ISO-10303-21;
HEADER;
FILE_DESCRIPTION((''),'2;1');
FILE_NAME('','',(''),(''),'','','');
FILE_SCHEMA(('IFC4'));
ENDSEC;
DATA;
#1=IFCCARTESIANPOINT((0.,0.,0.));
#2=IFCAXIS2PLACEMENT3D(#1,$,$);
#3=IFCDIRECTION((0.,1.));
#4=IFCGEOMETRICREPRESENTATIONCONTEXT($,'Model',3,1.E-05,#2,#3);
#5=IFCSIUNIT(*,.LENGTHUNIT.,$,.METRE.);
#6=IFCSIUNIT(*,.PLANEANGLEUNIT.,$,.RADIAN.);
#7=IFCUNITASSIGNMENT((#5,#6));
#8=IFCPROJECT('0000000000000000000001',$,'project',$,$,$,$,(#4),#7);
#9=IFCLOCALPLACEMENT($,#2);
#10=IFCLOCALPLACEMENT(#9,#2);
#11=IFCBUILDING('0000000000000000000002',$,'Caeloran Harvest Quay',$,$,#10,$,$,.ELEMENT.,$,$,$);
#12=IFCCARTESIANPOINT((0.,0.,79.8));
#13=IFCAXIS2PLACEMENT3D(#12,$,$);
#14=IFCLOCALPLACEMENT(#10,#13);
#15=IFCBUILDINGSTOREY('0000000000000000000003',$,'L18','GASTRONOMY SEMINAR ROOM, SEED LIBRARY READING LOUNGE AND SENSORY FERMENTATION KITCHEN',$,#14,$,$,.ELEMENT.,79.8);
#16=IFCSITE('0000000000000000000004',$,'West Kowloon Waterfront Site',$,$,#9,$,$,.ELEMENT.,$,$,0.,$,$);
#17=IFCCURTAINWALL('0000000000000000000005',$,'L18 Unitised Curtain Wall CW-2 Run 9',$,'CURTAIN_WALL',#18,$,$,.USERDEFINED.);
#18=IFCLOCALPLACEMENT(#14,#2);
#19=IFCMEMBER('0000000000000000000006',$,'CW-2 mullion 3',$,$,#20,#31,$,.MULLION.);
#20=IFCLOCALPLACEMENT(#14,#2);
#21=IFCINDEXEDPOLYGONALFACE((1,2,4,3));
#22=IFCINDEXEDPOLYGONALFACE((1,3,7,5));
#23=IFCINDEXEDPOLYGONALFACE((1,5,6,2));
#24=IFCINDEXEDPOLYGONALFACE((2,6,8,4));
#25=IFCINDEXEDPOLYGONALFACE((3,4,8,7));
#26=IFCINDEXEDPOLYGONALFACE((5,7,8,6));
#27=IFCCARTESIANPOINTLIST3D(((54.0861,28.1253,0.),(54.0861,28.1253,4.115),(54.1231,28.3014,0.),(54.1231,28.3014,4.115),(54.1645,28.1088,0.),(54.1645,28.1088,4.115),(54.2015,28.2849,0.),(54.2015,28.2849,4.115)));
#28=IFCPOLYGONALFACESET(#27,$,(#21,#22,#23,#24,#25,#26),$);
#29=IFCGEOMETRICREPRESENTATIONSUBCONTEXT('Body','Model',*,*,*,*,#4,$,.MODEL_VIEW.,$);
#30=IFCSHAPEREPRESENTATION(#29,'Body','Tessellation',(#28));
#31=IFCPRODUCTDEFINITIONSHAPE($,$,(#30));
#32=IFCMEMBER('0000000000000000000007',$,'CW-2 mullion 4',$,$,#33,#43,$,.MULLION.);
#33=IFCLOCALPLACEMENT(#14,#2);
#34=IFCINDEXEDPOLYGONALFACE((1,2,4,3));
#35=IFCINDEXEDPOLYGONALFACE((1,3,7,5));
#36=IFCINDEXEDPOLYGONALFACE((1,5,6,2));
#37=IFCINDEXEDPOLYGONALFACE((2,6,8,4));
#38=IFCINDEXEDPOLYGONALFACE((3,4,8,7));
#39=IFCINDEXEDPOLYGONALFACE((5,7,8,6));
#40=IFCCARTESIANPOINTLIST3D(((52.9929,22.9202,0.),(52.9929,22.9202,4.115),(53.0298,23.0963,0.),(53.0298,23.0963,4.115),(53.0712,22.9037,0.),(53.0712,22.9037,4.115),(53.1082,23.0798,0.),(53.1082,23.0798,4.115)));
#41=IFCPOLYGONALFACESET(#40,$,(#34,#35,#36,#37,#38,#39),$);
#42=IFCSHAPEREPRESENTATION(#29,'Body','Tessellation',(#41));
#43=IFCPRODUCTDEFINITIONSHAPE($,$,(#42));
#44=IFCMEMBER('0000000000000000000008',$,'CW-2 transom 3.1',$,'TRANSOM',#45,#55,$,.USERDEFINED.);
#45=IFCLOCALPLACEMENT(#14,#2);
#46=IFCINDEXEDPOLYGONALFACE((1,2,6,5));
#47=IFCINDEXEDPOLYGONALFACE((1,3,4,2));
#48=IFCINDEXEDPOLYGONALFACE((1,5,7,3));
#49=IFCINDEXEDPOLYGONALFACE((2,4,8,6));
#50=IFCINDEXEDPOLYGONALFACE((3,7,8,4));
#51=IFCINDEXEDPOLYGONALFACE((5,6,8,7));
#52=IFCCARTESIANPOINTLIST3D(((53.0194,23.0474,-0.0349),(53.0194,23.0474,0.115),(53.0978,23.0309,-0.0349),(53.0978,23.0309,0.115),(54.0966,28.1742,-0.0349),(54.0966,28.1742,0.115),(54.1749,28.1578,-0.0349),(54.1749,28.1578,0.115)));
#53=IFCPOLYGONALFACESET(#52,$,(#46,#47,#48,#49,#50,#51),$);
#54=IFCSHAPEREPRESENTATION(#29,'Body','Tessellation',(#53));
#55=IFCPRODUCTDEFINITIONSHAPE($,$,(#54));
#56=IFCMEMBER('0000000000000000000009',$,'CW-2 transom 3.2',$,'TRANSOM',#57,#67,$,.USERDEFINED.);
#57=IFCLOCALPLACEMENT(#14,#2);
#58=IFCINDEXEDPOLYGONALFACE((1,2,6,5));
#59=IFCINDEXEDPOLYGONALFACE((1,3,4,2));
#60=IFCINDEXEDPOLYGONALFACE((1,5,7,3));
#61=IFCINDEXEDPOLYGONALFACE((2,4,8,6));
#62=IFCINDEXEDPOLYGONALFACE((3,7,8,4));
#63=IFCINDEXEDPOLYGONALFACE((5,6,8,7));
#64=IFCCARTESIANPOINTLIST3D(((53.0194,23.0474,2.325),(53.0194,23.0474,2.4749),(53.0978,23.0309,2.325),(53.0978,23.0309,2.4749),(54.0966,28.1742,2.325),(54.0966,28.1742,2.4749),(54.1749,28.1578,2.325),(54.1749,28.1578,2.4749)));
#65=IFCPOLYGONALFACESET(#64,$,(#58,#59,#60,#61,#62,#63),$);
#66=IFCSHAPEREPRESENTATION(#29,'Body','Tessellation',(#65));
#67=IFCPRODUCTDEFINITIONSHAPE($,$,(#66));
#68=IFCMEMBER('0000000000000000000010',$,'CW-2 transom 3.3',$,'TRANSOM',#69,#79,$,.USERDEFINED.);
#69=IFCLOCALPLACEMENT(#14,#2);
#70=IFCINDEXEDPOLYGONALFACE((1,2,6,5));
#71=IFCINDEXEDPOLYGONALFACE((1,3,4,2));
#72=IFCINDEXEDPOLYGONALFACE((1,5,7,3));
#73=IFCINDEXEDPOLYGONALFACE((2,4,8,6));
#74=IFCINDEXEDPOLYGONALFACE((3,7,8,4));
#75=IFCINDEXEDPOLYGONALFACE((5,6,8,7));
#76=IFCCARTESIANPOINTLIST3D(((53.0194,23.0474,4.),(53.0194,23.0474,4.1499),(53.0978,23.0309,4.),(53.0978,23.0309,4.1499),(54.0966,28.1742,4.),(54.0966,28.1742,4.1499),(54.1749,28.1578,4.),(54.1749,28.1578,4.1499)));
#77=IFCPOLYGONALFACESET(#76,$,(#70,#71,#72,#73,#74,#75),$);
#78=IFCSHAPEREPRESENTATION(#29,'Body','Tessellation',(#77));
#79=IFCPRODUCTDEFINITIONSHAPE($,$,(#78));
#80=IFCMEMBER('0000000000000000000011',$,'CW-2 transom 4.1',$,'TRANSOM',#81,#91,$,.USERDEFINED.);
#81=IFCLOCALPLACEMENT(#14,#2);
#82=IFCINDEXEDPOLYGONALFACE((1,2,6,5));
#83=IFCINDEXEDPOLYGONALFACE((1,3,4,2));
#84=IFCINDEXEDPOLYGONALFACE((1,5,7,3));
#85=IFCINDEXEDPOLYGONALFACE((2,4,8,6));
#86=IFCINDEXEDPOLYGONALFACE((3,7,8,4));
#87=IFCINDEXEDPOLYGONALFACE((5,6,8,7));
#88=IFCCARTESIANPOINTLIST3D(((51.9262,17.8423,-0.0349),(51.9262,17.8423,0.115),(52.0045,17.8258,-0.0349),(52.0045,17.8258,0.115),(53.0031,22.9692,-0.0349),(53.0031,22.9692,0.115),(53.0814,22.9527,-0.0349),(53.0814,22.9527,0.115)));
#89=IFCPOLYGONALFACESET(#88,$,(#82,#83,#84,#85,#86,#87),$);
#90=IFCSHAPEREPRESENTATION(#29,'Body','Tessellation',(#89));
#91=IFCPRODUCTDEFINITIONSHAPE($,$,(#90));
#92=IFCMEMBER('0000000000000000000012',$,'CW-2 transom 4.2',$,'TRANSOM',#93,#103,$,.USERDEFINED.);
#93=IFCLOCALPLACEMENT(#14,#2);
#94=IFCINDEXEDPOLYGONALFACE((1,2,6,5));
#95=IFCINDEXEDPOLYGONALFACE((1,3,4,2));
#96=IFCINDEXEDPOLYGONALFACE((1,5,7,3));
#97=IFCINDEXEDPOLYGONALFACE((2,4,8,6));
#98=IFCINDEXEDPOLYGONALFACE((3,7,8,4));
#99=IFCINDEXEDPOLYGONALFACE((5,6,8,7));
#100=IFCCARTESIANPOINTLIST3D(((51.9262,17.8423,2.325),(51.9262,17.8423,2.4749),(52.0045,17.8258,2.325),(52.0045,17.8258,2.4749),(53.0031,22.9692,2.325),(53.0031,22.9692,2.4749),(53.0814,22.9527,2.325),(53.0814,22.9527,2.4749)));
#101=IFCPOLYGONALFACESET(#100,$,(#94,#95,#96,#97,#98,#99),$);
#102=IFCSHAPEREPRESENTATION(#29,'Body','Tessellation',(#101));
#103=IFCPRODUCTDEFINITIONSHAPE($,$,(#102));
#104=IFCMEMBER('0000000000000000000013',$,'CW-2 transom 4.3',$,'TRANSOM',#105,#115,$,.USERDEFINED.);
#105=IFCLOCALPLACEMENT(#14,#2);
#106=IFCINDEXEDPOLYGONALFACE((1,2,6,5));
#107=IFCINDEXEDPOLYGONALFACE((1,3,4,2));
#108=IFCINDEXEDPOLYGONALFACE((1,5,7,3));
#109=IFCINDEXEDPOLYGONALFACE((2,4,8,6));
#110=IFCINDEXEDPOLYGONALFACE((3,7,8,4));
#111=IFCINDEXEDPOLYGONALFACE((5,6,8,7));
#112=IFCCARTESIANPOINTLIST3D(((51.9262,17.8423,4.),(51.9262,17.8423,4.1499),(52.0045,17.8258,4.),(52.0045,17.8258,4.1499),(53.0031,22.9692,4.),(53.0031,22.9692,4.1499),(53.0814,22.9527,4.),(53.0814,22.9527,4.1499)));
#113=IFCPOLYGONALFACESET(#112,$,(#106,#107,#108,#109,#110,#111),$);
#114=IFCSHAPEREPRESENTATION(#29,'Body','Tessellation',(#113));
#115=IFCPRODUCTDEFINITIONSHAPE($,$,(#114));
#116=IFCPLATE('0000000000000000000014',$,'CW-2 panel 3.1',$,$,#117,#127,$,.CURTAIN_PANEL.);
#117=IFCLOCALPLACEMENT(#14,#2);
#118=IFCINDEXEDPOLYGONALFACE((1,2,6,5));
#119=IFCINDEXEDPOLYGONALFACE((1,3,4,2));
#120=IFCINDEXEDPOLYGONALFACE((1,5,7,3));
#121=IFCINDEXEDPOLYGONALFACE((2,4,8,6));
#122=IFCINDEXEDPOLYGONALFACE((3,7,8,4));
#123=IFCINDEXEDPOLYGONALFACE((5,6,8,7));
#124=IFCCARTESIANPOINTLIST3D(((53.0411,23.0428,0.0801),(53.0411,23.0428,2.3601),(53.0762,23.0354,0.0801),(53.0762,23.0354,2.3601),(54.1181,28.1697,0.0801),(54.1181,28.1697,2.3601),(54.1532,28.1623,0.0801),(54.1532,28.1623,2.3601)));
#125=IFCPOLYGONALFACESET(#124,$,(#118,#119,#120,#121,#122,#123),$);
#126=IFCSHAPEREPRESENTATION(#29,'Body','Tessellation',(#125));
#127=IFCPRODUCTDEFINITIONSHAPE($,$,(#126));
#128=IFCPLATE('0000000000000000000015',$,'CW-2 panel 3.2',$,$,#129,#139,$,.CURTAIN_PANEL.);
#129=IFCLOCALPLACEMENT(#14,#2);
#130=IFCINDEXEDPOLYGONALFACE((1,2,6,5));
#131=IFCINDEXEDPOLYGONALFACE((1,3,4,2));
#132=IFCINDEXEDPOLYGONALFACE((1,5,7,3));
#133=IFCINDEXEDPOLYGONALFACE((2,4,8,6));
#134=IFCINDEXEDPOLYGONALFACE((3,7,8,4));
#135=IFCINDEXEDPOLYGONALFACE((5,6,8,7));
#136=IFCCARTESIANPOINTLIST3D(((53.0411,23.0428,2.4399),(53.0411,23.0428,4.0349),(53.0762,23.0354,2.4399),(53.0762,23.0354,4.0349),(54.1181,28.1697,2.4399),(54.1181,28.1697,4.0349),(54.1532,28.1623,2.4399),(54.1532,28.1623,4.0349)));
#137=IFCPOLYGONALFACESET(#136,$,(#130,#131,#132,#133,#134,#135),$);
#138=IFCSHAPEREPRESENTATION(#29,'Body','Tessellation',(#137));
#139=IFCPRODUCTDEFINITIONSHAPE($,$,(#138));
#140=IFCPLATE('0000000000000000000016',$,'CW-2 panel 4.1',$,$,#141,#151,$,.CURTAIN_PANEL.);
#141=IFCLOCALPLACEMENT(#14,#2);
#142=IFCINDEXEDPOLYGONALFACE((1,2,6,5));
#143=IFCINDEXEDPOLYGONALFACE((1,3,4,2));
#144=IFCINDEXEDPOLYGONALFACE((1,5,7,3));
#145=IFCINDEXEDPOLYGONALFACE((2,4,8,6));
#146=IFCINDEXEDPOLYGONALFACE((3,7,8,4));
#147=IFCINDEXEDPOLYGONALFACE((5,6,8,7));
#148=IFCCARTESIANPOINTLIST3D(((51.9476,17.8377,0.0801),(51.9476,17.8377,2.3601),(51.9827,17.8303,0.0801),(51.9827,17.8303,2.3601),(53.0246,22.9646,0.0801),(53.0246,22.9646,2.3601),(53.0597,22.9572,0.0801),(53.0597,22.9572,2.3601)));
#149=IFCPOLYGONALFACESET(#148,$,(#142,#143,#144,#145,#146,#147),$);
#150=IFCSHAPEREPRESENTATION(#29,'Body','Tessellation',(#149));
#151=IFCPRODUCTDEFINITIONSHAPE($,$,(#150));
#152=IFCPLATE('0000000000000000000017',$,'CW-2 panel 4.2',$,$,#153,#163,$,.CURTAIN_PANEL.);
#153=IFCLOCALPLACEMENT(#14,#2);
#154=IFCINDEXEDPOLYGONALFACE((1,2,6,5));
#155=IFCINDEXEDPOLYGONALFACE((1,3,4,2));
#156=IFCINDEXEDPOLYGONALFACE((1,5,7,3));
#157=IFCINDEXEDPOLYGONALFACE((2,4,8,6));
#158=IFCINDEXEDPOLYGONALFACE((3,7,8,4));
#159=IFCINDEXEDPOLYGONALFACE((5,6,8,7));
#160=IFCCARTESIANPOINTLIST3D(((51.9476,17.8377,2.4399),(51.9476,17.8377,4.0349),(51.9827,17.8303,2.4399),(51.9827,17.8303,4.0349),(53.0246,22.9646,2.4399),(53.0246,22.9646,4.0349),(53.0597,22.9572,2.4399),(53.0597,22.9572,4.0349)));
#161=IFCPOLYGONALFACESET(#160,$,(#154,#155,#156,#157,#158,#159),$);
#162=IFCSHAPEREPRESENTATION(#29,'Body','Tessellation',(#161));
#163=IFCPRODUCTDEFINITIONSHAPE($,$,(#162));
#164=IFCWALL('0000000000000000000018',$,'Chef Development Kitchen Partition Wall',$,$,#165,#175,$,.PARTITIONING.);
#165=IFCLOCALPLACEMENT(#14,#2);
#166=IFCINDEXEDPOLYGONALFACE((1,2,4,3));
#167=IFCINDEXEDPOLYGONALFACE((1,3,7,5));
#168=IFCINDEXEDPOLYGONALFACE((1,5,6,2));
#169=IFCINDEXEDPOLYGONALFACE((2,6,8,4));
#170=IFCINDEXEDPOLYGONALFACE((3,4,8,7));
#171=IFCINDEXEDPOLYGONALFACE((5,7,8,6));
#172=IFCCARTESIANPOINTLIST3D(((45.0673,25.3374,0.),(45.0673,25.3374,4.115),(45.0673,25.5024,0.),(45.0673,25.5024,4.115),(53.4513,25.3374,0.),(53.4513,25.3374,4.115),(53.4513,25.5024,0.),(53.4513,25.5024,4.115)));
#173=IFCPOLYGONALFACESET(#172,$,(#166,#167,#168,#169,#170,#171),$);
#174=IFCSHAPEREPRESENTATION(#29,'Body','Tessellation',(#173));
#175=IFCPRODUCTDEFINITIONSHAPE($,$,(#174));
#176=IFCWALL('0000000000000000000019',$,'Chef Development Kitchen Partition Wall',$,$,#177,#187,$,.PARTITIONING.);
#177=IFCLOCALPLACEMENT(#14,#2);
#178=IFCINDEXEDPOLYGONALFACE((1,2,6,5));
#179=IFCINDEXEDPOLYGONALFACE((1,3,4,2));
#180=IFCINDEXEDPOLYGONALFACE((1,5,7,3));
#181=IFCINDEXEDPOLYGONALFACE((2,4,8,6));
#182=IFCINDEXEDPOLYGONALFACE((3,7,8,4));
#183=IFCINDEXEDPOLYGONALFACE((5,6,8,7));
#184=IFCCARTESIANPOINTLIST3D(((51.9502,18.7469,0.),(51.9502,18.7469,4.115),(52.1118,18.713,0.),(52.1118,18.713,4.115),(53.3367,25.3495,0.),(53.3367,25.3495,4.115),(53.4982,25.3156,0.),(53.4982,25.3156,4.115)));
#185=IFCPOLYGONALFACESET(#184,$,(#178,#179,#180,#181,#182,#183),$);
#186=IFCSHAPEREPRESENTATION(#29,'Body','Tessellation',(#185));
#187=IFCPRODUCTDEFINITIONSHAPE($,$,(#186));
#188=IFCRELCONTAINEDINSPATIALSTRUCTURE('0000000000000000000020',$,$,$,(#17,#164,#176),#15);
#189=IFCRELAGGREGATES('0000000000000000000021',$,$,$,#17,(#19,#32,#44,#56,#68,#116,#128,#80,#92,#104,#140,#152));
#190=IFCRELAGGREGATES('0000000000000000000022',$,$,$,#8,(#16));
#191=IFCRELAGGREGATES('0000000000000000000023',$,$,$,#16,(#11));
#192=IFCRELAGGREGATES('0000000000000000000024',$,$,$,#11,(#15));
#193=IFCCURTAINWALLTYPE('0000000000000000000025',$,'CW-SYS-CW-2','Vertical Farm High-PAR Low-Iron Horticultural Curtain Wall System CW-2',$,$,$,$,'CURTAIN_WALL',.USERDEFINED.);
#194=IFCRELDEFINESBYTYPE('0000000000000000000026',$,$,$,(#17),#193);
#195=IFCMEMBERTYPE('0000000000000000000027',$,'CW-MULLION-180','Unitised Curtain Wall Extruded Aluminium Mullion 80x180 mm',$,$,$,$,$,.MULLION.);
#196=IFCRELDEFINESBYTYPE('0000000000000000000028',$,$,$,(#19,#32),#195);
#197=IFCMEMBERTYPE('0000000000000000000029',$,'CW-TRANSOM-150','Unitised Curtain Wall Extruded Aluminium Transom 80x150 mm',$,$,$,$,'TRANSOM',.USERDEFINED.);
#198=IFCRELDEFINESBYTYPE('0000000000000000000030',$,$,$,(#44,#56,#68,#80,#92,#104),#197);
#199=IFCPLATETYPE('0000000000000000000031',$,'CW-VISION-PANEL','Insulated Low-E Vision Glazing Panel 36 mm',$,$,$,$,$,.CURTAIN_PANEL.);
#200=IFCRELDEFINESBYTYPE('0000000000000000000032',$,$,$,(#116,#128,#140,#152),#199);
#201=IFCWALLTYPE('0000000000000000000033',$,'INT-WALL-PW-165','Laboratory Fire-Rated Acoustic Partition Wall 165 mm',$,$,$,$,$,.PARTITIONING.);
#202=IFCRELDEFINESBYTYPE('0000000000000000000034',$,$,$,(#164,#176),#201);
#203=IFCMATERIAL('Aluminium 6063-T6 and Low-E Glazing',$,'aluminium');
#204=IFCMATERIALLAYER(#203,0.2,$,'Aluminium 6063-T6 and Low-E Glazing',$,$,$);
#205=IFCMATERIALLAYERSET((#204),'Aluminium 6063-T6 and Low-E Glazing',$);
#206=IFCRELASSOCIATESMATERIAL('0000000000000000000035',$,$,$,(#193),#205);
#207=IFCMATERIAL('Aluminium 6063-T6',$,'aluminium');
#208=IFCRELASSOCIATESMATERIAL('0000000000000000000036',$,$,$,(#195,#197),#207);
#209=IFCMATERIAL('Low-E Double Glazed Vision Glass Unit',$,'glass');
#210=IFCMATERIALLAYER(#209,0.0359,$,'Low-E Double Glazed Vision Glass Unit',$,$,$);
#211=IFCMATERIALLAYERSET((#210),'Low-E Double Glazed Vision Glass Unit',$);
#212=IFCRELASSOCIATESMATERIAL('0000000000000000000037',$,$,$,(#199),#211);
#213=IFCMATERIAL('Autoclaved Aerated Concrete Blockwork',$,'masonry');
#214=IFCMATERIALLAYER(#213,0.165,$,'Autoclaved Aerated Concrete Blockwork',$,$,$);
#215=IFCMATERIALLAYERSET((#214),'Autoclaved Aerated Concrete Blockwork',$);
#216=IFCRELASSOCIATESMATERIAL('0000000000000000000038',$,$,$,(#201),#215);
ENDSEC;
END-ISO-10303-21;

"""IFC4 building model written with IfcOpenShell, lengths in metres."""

from ifc_helpers import new_model, si_unit, direction, frame, frame_2d, origin, origin_2d, place, context, subcontext, project, spatial, rectangle, extrude, material, layer, layer_set, material_profile, profile_set, type_object, element, aggregate, save


model = new_model("IFC4")

# Units and contexts
model_context = context("Model", 3, precision=1e-05, world=origin(), true_north=direction((0.0, 1.0)))
body_context = subcontext(model_context, "Body", "Model", "MODEL_VIEW")
ifc_project = project(units=[si_unit("LENGTHUNIT", "METRE"), si_unit("PLANEANGLEUNIT", "RADIAN")], contexts=[model_context])

# Site, building, storey
site_placement = place(None, origin())
site = spatial("IfcSite", under=ifc_project, at=site_placement, Name="West Kowloon Waterfront Site", CompositionType="ELEMENT", RefElevation=0.0)
building_placement = place(site_placement, origin())
building = spatial("IfcBuilding", under=site, at=building_placement, Name="Caeloran Harvest Quay", CompositionType="ELEMENT")
storey_placement = place(building_placement, frame((0.0, 0.0, 79.8)))
storey = spatial("IfcBuildingStorey", under=building, at=storey_placement, Name="L18", Description="GASTRONOMY SEMINAR ROOM, SEED LIBRARY READING LOUNGE AND SENSORY FERMENTATION KITCHEN", CompositionType="ELEMENT", Elevation=79.8)

# Curtain wall, members, plates
ifc_material_1 = material(Name="Aluminium 6063-T6 and Low-E Glazing", Category="aluminium")
ifc_layer_1 = layer(ifc_material_1, 0.2, Name="Aluminium 6063-T6 and Low-E Glazing")
ifc_layer_set_1 = layer_set([ifc_layer_1], Name="Aluminium 6063-T6 and Low-E Glazing")
curtain_wall_type = type_object("IfcCurtainWallType", Name="CW-SYS-CW-2", Description="Vertical Farm High-PAR Low-Iron Horticultural Curtain Wall System CW-2", ElementType="CURTAIN_WALL", PredefinedType="USERDEFINED", material=ifc_layer_set_1)
curtain_wall_placement = place(storey_placement, origin())
curtain_wall = element("IfcCurtainWall", 1, at=curtain_wall_placement, inside=storey, type_object=curtain_wall_type, Name="L18 Unitised Curtain Wall CW-2 Run 9", ObjectType="CURTAIN_WALL", PredefinedType="USERDEFINED")
ifc_material_2 = material(Name="Aluminium 6063-T6", Category="aluminium")
ifc_material_profile_1 = material_profile(ifc_material_2, rectangle(XDim=0.0801, YDim=0.1799, at=origin_2d()), Name="CW-MULLION-180")
ifc_profile_set_1 = profile_set([ifc_material_profile_1], Name="Aluminium 6063-T6")
member_type_1 = type_object("IfcMemberType", Name="CW-MULLION-180", Description="Unitised Curtain Wall Extruded Aluminium Mullion 80x180 mm", PredefinedType="MULLION", material=ifc_profile_set_1)
member_1_placement = place(storey_placement, frame((54.1438, 28.2051, 0.0), z_axis=(0.0, 0.0, 1.0), x_axis=(0.97864, -0.205583, 0.0)))
member_1 = element("IfcMember", 2, at=member_1_placement, type_object=member_type_1, Name="CW-2 mullion 3", PredefinedType="MULLION", context=body_context, shape_type="SweptSolid", body=[
    extrude(rectangle(XDim=0.0801, YDim=0.1799, at=origin_2d()), origin(), (0.0, 0.0, 1.0), 4.115),
])
member_2_placement = place(storey_placement, frame((53.0505, 23.0, 0.0), z_axis=(0.0, 0.0, 1.0), x_axis=(0.97864, -0.205583, 0.0)))
member_2 = element("IfcMember", 3, at=member_2_placement, type_object=member_type_1, Name="CW-2 mullion 4", PredefinedType="MULLION", context=body_context, shape_type="SweptSolid", body=[
    extrude(rectangle(XDim=0.0801, YDim=0.1799, at=origin_2d()), origin(), (0.0, 0.0, 1.0), 4.115),
])
ifc_material_profile_2 = material_profile(ifc_material_2, rectangle(XDim=0.0801, YDim=0.1499, at=origin_2d()), Name="CW-TRANSOM-150")
ifc_profile_set_2 = profile_set([ifc_material_profile_2], Name="Aluminium 6063-T6")
member_type_2 = type_object("IfcMemberType", Name="CW-TRANSOM-150", Description="Unitised Curtain Wall Extruded Aluminium Transom 80x150 mm", ElementType="TRANSOM", PredefinedType="USERDEFINED", material=ifc_profile_set_2)
member_3_placement = place(storey_placement, frame((54.1357, 28.166, 0.04), z_axis=(-0.205607, -0.978635, 0.0), x_axis=(0.978635, -0.205607, 0.0)))
member_3 = element("IfcMember", 4, at=member_3_placement, type_object=member_type_2, Name="CW-2 transom 3.1", ObjectType="TRANSOM", PredefinedType="USERDEFINED", context=body_context, shape_type="SweptSolid", body=[
    extrude(rectangle(XDim=0.0801, YDim=0.1499, at=origin_2d()), origin(), (0.0, 0.0, 1.0), 5.2388),
])
member_4_placement = place(storey_placement, frame((54.1357, 28.166, 2.3999), z_axis=(-0.205607, -0.978635, 0.0), x_axis=(0.978635, -0.205607, 0.0)))
member_4 = element("IfcMember", 5, at=member_4_placement, type_object=member_type_2, Name="CW-2 transom 3.2", ObjectType="TRANSOM", PredefinedType="USERDEFINED", context=body_context, shape_type="SweptSolid", body=[
    extrude(rectangle(XDim=0.0801, YDim=0.1499, at=origin_2d()), origin(), (0.0, 0.0, 1.0), 5.2388),
])
member_5_placement = place(storey_placement, frame((54.1357, 28.166, 4.075), z_axis=(-0.205607, -0.978635, 0.0), x_axis=(0.978635, -0.205607, 0.0)))
member_5 = element("IfcMember", 6, at=member_5_placement, type_object=member_type_2, Name="CW-2 transom 3.3", ObjectType="TRANSOM", PredefinedType="USERDEFINED", context=body_context, shape_type="SweptSolid", body=[
    extrude(rectangle(XDim=0.0801, YDim=0.1499, at=origin_2d()), origin(), (0.0, 0.0, 1.0), 5.2388),
])
member_6_placement = place(storey_placement, frame((53.0422, 22.9609, 0.04), z_axis=(-0.205562, -0.978644, 0.0), x_axis=(0.978644, -0.205562, 0.0)))
member_6 = element("IfcMember", 7, at=member_6_placement, type_object=member_type_2, Name="CW-2 transom 4.1", ObjectType="TRANSOM", PredefinedType="USERDEFINED", context=body_context, shape_type="SweptSolid", body=[
    extrude(rectangle(XDim=0.0801, YDim=0.1499, at=origin_2d()), origin(), (0.0, 0.0, 1.0), 5.2388),
])
member_7_placement = place(storey_placement, frame((53.0422, 22.9609, 2.3999), z_axis=(-0.205562, -0.978644, 0.0), x_axis=(0.978644, -0.205562, 0.0)))
member_7 = element("IfcMember", 8, at=member_7_placement, type_object=member_type_2, Name="CW-2 transom 4.2", ObjectType="TRANSOM", PredefinedType="USERDEFINED", context=body_context, shape_type="SweptSolid", body=[
    extrude(rectangle(XDim=0.0801, YDim=0.1499, at=origin_2d()), origin(), (0.0, 0.0, 1.0), 5.2388),
])
member_8_placement = place(storey_placement, frame((53.0422, 22.9609, 4.075), z_axis=(-0.205562, -0.978644, 0.0), x_axis=(0.978644, -0.205562, 0.0)))
member_8 = element("IfcMember", 9, at=member_8_placement, type_object=member_type_2, Name="CW-2 transom 4.3", ObjectType="TRANSOM", PredefinedType="USERDEFINED", context=body_context, shape_type="SweptSolid", body=[
    extrude(rectangle(XDim=0.0801, YDim=0.1499, at=origin_2d()), origin(), (0.0, 0.0, 1.0), 5.2388),
])
ifc_material_3 = material(Name="Low-E Double Glazed Vision Glass Unit", Category="glass")
ifc_layer_2 = layer(ifc_material_3, 0.0359, Name="Low-E Double Glazed Vision Glass Unit")
ifc_layer_set_2 = layer_set([ifc_layer_2], Name="Low-E Double Glazed Vision Glass Unit")
plate_type = type_object("IfcPlateType", Name="CW-VISION-PANEL", Description="Insulated Low-E Vision Glazing Panel 36 mm", PredefinedType="CURTAIN_PANEL", material=ifc_layer_set_2)
plate_1_placement = place(storey_placement, frame((53.5972, 25.6025, 0.0801), z_axis=(0.0, 0.0, 1.0), x_axis=(-0.205583, -0.97864, 0.0)))
plate_1 = element("IfcPlate", 10, at=plate_1_placement, type_object=plate_type, Name="CW-2 panel 3.1", PredefinedType="CURTAIN_PANEL", context=body_context, shape_type="SweptSolid", body=[
    extrude(rectangle(XDim=5.2388, YDim=0.0359, at=origin_2d()), origin(), (0.0, 0.0, 1.0), 2.28),
])
plate_2_placement = place(storey_placement, frame((53.5972, 25.6025, 2.4399), z_axis=(0.0, 0.0, 1.0), x_axis=(-0.205583, -0.97864, 0.0)))
plate_2 = element("IfcPlate", 11, at=plate_2_placement, type_object=plate_type, Name="CW-2 panel 3.2", PredefinedType="CURTAIN_PANEL", context=body_context, shape_type="SweptSolid", body=[
    extrude(rectangle(XDim=5.2388, YDim=0.0359, at=origin_2d()), origin(), (0.0, 0.0, 1.0), 1.595),
])
plate_3_placement = place(storey_placement, frame((52.5037, 20.3975, 0.0801), z_axis=(0.0, 0.0, 1.0), x_axis=(-0.205583, -0.97864, 0.0)))
plate_3 = element("IfcPlate", 12, at=plate_3_placement, type_object=plate_type, Name="CW-2 panel 4.1", PredefinedType="CURTAIN_PANEL", context=body_context, shape_type="SweptSolid", body=[
    extrude(rectangle(XDim=5.2388, YDim=0.0359, at=origin_2d()), origin(), (0.0, 0.0, 1.0), 2.28),
])
plate_4_placement = place(storey_placement, frame((52.5037, 20.3975, 2.4399), z_axis=(0.0, 0.0, 1.0), x_axis=(-0.205583, -0.97864, 0.0)))
plate_4 = element("IfcPlate", 13, at=plate_4_placement, type_object=plate_type, Name="CW-2 panel 4.2", PredefinedType="CURTAIN_PANEL", context=body_context, shape_type="SweptSolid", body=[
    extrude(rectangle(XDim=5.2388, YDim=0.0359, at=origin_2d()), origin(), (0.0, 0.0, 1.0), 1.595),
])
aggregate(curtain_wall, [member_1, member_2, member_3, member_4, member_5, plate_1, plate_2, member_6, member_7, member_8, plate_3, plate_4])

# Walls
ifc_material_4 = material(Name="Autoclaved Aerated Concrete Blockwork", Category="masonry")
ifc_layer_3 = layer(ifc_material_4, 0.165, Name="Autoclaved Aerated Concrete Blockwork")
ifc_layer_set_3 = layer_set([ifc_layer_3], Name="Autoclaved Aerated Concrete Blockwork")
wall_type = type_object("IfcWallType", Name="INT-WALL-PW-165", Description="Laboratory Fire-Rated Acoustic Partition Wall 165 mm", PredefinedType="PARTITIONING", material=ifc_layer_set_3)
wall_1_placement = place(storey_placement, frame((45.0674, 25.4199, 0.0), z_axis=(0.0, 0.0, 1.0), x_axis=(1.0, 0.0, 0.0)))
element("IfcWall", 14, at=wall_1_placement, inside=storey, type_object=wall_type, Name="Chef Development Kitchen Partition Wall", PredefinedType="PARTITIONING", context=body_context, shape_type="SweptSolid", body=[
    extrude(rectangle(XDim=8.384, YDim=0.165, at=frame_2d((4.1919, 0.0))), origin(), (0.0, 0.0, 1.0), 4.115),
])
wall_2_placement = place(storey_placement, frame((53.4175, 25.3325, 0.0), z_axis=(0.0, 0.0, 1.0), x_axis=(-0.205509, -0.978655, 0.0)))
element("IfcWall", 15, at=wall_2_placement, inside=storey, type_object=wall_type, Name="Chef Development Kitchen Partition Wall", PredefinedType="PARTITIONING", context=body_context, shape_type="SweptSolid", body=[
    extrude(rectangle(XDim=6.7466, YDim=0.165, at=frame_2d((3.3733, 0.0))), origin(), (0.0, 0.0, 1.0), 4.115),
])

save(model, "model.ifc")
